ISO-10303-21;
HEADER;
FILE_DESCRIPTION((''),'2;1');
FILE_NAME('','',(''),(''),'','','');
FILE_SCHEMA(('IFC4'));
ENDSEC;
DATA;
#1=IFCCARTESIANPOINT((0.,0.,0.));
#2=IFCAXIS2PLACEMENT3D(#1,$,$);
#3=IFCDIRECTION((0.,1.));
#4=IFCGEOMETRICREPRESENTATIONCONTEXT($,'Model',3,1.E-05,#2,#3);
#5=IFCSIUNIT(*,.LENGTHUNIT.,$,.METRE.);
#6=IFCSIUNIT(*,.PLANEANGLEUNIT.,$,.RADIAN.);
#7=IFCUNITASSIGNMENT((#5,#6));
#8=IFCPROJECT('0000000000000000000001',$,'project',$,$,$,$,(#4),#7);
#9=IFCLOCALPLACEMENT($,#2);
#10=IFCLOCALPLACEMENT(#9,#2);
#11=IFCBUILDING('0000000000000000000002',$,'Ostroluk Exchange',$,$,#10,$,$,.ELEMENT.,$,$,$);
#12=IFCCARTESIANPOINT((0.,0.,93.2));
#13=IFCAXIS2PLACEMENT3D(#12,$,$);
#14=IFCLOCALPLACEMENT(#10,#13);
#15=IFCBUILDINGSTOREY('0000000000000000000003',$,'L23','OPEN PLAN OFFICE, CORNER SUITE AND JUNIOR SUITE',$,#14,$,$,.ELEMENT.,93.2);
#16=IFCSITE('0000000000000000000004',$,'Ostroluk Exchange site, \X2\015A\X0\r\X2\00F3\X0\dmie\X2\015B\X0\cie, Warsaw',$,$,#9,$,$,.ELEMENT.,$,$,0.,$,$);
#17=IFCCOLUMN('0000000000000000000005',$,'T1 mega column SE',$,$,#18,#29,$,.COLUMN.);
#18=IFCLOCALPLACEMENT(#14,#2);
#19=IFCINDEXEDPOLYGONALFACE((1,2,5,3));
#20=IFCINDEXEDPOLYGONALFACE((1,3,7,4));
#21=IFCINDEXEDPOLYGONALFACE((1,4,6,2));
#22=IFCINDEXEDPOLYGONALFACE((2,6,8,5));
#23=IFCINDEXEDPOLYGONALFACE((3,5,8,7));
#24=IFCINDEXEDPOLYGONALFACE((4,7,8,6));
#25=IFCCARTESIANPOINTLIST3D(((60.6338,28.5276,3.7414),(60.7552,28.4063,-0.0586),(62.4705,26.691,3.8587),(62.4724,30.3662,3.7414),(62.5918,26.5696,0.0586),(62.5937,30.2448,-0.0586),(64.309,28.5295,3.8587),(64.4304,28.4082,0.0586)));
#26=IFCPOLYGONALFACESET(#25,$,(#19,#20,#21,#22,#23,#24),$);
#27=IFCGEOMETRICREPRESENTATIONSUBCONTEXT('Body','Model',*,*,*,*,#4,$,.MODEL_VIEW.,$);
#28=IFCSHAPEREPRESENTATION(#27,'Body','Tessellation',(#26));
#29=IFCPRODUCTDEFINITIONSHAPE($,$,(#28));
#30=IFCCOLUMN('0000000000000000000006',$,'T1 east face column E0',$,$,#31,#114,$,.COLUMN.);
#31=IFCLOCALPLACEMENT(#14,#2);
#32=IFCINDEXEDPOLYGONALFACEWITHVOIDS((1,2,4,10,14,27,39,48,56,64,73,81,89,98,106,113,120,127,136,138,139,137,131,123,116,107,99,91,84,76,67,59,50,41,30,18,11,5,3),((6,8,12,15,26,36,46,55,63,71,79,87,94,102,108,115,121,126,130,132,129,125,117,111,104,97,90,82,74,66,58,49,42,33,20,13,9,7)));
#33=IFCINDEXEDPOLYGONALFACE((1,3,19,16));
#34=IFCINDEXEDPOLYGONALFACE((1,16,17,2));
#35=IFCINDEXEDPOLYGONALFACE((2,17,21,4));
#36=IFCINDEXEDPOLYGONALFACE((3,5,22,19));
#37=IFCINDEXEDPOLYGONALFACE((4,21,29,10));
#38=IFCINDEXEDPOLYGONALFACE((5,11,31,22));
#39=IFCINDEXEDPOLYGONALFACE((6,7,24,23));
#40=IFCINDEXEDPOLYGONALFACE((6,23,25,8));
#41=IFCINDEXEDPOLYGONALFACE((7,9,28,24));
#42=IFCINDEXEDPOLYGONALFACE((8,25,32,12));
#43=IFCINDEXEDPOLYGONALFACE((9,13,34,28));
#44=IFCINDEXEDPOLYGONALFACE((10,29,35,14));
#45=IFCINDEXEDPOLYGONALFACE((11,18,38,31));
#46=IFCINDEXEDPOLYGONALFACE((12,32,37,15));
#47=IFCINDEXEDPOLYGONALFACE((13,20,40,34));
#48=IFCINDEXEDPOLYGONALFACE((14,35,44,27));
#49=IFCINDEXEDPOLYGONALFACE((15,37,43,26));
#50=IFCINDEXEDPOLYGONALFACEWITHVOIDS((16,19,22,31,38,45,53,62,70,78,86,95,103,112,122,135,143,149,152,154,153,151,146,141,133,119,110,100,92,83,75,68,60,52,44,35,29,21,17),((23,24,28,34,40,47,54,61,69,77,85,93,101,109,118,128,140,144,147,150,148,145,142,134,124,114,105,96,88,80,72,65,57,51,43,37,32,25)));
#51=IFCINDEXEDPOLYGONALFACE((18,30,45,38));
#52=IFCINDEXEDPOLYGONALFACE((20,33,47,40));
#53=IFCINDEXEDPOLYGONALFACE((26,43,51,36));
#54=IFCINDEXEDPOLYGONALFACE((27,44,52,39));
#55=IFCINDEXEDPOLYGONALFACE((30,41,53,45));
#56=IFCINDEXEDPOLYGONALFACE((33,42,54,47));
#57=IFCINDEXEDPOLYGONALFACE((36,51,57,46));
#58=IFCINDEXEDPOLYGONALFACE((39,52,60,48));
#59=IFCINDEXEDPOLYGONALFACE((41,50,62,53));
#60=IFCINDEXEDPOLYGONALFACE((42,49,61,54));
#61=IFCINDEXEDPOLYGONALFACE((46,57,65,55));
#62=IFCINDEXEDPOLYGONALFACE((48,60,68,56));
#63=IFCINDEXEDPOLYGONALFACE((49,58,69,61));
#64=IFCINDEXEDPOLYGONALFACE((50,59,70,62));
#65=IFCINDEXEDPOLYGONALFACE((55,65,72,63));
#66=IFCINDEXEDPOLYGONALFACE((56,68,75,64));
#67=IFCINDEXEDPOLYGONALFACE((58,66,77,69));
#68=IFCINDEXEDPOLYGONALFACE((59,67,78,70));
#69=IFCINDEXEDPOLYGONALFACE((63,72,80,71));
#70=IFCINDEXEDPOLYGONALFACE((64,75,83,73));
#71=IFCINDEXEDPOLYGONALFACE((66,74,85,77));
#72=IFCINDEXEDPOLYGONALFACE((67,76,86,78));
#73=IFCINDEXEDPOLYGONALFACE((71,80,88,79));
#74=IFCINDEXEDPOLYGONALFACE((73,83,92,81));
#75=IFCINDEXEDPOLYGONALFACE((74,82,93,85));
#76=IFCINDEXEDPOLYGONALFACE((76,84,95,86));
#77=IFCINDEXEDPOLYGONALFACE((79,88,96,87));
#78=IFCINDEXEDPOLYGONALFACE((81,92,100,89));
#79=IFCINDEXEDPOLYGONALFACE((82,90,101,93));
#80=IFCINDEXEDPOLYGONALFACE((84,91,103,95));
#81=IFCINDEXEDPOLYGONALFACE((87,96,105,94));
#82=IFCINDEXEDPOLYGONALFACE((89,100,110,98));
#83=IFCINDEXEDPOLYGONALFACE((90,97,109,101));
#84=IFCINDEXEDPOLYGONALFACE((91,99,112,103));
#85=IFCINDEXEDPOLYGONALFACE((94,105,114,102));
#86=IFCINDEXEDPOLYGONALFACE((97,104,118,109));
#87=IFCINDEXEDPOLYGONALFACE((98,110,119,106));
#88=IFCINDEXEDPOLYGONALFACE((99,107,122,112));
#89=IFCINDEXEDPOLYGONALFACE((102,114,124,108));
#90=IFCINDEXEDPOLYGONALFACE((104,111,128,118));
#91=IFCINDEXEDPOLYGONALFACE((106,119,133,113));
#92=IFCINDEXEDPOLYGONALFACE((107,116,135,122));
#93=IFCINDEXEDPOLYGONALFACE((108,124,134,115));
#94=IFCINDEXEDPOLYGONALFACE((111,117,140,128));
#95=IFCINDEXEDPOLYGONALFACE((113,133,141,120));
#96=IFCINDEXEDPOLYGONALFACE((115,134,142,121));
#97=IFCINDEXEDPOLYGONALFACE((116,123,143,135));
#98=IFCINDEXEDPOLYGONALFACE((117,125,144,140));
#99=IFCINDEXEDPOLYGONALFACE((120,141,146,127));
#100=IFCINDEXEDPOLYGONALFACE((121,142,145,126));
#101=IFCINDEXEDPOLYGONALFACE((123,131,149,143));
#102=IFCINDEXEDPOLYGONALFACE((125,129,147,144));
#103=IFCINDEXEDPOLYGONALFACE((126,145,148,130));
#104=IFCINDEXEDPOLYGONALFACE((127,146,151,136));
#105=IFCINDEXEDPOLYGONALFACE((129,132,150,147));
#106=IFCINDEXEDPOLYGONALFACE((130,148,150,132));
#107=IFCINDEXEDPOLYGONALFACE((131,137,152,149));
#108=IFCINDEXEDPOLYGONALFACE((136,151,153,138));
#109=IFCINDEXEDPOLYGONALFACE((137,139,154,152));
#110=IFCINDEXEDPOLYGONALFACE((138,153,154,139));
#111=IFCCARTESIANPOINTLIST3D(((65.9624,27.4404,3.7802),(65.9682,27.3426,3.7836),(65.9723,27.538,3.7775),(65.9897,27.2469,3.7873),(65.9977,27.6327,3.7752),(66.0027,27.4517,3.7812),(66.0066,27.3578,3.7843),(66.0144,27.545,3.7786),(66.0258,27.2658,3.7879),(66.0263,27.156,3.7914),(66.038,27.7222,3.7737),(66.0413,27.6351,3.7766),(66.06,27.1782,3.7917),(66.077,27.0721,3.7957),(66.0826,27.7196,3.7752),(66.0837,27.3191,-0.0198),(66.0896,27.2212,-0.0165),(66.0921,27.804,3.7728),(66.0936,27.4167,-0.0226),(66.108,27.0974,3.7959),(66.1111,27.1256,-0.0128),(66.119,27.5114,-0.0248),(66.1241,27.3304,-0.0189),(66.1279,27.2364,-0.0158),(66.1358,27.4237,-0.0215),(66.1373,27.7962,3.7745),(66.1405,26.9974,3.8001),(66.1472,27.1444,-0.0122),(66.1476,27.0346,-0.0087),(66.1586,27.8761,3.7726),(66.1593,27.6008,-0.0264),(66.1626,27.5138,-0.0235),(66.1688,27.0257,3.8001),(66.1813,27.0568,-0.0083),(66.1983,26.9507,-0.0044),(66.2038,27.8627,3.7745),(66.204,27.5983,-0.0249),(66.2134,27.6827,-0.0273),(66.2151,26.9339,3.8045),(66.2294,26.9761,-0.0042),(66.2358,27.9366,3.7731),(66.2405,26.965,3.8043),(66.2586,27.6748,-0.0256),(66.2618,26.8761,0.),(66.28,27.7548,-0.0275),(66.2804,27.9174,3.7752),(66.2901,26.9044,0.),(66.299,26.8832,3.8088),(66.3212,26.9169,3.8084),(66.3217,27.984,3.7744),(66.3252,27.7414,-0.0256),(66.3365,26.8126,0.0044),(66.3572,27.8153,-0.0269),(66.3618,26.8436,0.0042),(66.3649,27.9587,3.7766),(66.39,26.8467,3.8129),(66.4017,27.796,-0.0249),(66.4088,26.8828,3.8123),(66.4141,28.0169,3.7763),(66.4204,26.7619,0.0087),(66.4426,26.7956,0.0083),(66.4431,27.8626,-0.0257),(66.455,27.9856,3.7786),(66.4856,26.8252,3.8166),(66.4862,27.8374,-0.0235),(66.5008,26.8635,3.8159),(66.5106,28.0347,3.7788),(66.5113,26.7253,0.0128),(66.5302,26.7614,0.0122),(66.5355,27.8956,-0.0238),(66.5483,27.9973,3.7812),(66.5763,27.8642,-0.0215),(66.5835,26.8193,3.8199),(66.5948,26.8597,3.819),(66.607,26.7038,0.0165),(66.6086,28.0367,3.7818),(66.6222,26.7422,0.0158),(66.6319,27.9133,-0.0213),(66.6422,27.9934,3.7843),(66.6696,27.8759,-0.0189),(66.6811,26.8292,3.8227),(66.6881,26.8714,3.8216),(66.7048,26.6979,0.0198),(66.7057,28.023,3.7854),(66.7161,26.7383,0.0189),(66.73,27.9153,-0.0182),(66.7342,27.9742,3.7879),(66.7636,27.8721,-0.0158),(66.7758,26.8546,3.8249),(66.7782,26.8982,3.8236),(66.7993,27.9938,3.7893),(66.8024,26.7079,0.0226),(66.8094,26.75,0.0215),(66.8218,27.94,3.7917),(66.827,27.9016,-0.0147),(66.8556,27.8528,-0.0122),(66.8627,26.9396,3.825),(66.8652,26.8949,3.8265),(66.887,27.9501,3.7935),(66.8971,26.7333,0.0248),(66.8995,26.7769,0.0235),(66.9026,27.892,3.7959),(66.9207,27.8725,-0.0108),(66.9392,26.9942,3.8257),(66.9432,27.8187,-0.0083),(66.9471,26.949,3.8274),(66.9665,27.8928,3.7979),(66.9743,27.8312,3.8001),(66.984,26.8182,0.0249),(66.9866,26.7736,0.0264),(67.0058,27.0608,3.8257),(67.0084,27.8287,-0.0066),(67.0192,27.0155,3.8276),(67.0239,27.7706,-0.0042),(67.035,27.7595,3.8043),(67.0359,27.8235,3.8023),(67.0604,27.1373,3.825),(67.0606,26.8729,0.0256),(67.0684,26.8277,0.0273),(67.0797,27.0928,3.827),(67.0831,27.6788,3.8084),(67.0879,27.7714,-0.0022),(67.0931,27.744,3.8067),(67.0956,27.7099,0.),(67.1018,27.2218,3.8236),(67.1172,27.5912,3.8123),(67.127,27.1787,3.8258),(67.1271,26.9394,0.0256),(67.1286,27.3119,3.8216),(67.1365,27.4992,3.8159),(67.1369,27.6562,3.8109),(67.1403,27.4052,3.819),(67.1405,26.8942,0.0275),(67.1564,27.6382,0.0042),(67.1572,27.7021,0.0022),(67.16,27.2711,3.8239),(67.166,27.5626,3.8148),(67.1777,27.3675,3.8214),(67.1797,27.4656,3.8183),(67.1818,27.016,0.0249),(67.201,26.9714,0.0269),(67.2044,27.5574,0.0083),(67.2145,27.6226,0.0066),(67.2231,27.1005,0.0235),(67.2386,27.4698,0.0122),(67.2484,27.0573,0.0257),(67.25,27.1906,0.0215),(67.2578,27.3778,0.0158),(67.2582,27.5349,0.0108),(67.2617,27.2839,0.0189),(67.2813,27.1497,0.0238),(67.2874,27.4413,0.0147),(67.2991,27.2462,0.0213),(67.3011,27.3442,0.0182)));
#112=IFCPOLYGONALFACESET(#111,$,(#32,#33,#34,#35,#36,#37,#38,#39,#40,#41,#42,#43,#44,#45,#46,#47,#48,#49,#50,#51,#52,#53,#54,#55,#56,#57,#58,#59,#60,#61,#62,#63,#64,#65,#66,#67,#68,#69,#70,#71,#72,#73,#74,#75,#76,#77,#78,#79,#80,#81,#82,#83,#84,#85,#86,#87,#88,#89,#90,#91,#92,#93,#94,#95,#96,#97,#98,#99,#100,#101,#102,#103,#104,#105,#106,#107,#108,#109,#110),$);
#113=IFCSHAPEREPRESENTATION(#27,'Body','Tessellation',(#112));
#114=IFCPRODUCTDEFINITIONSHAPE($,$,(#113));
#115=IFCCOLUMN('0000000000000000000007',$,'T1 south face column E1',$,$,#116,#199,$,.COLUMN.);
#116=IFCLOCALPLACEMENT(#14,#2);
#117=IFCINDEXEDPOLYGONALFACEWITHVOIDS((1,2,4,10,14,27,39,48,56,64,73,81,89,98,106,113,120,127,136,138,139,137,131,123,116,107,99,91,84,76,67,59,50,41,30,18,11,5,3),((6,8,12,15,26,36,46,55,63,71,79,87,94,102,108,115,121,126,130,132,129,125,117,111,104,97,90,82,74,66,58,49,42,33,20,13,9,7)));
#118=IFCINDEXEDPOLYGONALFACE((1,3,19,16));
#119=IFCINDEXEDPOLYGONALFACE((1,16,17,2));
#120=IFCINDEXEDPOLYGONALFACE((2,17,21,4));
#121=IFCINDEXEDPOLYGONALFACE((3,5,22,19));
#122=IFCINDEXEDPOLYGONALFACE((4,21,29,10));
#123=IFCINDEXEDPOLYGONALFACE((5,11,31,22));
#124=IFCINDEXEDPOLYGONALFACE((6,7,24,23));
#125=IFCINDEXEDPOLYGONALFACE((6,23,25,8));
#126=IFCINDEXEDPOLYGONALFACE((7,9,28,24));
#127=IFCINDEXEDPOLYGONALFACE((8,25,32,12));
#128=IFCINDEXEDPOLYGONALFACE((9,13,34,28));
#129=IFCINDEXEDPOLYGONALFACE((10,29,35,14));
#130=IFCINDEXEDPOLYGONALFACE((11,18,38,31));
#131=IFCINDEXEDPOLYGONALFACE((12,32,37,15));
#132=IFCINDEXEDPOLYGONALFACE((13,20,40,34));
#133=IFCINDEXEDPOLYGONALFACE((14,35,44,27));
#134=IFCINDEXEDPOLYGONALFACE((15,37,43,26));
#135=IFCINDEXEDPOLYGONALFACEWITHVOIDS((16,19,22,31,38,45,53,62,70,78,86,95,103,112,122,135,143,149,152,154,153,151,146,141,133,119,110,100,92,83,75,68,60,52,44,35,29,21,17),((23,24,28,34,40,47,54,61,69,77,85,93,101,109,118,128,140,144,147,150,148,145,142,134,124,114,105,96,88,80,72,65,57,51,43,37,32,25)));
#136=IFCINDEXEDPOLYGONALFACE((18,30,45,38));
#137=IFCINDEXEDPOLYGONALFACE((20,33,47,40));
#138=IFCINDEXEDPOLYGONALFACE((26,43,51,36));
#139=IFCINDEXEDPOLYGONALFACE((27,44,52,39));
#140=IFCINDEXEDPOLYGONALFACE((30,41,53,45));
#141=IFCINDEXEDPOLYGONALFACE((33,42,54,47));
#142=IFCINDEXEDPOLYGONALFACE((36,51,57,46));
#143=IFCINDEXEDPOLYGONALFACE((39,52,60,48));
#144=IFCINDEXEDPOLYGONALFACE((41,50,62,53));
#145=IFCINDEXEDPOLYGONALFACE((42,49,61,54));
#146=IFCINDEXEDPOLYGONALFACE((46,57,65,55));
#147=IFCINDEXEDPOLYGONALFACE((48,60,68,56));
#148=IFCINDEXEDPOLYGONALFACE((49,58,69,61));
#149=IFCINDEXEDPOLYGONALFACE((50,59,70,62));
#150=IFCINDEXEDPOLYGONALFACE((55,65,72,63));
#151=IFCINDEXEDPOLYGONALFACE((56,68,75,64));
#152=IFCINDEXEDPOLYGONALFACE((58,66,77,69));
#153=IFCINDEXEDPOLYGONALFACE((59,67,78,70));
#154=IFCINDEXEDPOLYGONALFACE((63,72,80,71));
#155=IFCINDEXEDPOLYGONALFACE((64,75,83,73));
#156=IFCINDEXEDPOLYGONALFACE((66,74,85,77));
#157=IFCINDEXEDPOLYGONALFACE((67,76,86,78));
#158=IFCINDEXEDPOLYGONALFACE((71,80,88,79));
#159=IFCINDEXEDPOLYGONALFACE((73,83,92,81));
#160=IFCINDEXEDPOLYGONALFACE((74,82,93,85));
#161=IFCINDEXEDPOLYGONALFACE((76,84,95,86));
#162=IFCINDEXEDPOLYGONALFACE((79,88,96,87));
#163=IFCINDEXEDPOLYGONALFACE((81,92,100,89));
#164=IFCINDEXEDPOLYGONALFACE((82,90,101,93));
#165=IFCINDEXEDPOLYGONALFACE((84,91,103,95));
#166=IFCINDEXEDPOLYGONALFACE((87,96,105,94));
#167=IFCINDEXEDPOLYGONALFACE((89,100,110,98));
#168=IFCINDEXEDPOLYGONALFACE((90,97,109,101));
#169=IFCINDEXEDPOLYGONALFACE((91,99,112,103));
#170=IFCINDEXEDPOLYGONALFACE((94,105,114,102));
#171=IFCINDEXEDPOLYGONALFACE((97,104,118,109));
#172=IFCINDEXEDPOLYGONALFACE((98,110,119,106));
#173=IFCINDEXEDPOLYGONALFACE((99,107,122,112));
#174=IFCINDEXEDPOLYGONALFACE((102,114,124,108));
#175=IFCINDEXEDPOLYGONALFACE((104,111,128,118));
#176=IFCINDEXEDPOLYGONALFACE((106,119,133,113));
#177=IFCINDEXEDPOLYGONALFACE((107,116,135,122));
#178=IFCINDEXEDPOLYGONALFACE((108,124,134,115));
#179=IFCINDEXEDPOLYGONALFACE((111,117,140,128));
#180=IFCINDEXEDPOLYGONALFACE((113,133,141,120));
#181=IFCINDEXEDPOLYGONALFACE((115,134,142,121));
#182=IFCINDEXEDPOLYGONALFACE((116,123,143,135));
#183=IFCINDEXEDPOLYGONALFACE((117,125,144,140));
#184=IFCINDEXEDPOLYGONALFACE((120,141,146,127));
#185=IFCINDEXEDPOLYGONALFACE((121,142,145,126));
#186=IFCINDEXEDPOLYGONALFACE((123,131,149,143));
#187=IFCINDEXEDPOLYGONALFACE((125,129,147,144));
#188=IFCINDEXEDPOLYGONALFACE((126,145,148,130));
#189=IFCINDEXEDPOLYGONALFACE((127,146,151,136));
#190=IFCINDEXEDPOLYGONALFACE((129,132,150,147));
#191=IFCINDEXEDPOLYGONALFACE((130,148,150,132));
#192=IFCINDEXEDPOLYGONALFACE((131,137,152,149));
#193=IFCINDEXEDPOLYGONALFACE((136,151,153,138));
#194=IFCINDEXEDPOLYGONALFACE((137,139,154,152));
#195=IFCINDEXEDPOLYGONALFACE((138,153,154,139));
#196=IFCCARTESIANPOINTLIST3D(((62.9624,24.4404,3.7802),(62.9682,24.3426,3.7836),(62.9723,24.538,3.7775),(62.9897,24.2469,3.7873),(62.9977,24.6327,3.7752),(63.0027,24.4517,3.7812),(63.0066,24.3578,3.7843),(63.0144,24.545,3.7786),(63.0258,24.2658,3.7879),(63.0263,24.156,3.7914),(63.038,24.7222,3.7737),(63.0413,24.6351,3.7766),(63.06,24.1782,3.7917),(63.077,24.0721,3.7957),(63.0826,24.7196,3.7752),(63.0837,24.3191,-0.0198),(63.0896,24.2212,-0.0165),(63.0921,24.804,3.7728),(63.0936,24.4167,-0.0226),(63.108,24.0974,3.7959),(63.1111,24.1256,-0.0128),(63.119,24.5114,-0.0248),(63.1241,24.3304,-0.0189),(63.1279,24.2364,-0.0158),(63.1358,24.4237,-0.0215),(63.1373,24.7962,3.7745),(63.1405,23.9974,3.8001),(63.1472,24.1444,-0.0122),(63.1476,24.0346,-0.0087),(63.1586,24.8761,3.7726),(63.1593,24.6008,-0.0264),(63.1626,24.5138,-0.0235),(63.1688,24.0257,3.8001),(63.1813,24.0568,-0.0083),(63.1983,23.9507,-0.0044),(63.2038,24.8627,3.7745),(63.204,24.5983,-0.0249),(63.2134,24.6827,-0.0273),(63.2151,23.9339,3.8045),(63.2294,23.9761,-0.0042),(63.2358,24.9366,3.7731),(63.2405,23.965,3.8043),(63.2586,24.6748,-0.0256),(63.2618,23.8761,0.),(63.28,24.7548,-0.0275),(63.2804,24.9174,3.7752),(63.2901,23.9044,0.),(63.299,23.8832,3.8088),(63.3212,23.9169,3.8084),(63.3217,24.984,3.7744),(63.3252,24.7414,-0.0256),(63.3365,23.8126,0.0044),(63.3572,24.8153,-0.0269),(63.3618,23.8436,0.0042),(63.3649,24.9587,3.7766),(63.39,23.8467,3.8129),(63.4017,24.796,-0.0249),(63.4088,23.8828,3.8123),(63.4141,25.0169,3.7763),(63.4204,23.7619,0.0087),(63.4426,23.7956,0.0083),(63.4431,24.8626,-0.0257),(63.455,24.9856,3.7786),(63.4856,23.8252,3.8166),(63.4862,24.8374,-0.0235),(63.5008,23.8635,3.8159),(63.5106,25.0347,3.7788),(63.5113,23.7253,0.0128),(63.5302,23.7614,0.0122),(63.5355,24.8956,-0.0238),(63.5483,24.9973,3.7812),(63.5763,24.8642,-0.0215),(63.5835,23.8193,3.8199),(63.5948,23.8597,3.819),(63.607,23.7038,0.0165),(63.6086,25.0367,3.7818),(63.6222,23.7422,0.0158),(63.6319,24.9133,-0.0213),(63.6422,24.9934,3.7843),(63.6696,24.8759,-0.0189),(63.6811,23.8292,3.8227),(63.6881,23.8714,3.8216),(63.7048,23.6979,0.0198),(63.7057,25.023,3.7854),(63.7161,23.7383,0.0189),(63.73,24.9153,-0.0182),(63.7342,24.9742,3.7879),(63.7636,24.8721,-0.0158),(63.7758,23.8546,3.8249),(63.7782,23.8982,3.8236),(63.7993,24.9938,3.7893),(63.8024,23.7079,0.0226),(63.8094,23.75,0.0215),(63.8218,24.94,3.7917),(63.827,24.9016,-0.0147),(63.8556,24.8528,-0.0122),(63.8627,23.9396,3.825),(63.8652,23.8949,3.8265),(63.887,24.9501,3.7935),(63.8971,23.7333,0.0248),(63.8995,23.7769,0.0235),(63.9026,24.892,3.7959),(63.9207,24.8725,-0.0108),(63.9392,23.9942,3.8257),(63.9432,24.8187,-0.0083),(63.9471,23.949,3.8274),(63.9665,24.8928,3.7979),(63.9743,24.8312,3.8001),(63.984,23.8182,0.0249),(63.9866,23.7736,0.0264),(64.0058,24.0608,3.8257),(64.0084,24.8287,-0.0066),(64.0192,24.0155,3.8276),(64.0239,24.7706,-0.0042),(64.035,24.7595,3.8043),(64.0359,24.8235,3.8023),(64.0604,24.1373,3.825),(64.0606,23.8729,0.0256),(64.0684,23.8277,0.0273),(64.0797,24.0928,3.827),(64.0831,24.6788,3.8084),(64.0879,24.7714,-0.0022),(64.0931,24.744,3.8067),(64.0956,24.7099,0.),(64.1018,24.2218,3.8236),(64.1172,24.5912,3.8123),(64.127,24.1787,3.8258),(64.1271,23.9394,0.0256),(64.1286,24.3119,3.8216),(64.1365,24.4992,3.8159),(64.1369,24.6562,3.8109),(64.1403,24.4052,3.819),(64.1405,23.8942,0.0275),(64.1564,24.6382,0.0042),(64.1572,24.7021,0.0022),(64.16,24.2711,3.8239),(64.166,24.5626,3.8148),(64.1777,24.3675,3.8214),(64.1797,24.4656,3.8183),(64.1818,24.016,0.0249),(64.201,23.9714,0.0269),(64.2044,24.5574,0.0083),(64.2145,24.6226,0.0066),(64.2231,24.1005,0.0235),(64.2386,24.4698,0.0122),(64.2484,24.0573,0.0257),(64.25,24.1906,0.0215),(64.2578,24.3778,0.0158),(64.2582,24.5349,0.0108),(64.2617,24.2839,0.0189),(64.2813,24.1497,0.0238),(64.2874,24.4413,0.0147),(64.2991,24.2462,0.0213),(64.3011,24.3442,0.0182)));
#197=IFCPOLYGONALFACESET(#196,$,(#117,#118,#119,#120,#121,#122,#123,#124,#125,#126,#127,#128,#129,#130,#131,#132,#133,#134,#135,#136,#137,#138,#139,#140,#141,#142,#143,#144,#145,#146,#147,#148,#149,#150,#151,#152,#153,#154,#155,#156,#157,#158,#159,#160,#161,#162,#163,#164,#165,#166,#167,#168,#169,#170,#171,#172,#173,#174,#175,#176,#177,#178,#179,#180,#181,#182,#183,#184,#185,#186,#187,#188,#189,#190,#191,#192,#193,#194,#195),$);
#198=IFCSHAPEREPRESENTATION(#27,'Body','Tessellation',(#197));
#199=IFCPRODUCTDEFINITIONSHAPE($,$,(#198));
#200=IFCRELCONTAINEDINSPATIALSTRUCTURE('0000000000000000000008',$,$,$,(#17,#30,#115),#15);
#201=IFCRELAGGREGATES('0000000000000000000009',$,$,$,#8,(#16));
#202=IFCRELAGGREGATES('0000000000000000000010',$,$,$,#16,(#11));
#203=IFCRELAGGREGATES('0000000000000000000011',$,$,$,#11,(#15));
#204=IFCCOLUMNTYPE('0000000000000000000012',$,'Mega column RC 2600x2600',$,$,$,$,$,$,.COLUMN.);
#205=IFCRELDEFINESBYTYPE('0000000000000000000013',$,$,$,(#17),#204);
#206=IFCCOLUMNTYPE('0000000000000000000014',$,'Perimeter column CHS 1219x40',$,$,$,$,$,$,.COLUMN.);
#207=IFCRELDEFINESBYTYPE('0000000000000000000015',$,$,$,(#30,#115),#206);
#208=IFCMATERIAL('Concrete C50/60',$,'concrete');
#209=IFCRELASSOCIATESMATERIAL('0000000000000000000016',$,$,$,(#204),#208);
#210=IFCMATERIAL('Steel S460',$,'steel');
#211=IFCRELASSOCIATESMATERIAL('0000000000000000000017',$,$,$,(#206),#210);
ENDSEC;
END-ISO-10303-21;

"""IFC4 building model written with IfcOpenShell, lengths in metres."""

from ifc_helpers import new_model, si_unit, direction, frame, origin, origin_2d, place, context, subcontext, project, spatial, rectangle, hollow_circle, extrude, material, material_profile, profile_set, type_object, element, save


model = new_model("IFC4")

# Units and contexts
model_context = context("Model", 3, precision=1e-05, world=origin(), true_north=direction((0.0, 1.0)))
body_context = subcontext(model_context, "Body", "Model", "MODEL_VIEW")
ifc_project = project(units=[si_unit("LENGTHUNIT", "METRE"), si_unit("PLANEANGLEUNIT", "RADIAN")], contexts=[model_context])

# Site, building, storey
site_placement = place(None, origin())
site = spatial("IfcSite", under=ifc_project, at=site_placement, Name="Ostroluk Exchange site, Śródmieście, Warsaw", CompositionType="ELEMENT", RefElevation=0.0)
building_placement = place(site_placement, origin())
building = spatial("IfcBuilding", under=site, at=building_placement, Name="Ostroluk Exchange", CompositionType="ELEMENT")
storey_placement = place(building_placement, frame((0.0, 0.0, 93.2)))
storey = spatial("IfcBuildingStorey", under=building, at=storey_placement, Name="L23", Description="OPEN PLAN OFFICE, CORNER SUITE AND JUNIOR SUITE", CompositionType="ELEMENT", Elevation=93.2)

# Columns
ifc_material_1 = material(Name="Concrete C50/60", Category="concrete")
ifc_material_profile_1 = material_profile(ifc_material_1, rectangle(XDim=2.6001, YDim=2.6001, at=origin_2d()), Name="RC 2600x2600")
ifc_profile_set_1 = profile_set([ifc_material_profile_1], Name="Concrete C50/60")
column_type_1 = type_object("IfcColumnType", Name="Mega column RC 2600x2600", PredefinedType="COLUMN", material=ifc_profile_set_1)
column_placement = place(storey_placement, frame((62.5928, 28.4072, 0.0), z_axis=(-0.031898, 0.031898, 0.998982), x_axis=(-0.707107, -0.707107, 0.0)))
element("IfcColumn", 1, at=column_placement, inside=storey, type_object=column_type_1, Name="T1 mega column SE", PredefinedType="COLUMN", context=body_context, shape_type="SweptSolid", body=[
    extrude(rectangle(XDim=2.6001, YDim=2.6001, at=origin_2d()), origin(), (0.0, 0.0, 1.0), 3.804),
])
ifc_material_2 = material(Name="Steel S460", Category="steel")
ifc_material_profile_2 = material_profile(ifc_material_2, hollow_circle(Radius=0.6096, WallThickness=0.04, at=origin_2d()), Name="CHS 1219x40")
ifc_profile_set_2 = profile_set([ifc_material_profile_2], Name="Steel S460")
column_type_2 = type_object("IfcColumnType", Name="Perimeter column CHS 1219x40", PredefinedType="COLUMN", material=ifc_profile_set_2)
for number, where, z_axis, x_axis, name in (
    (2, (66.6929, 27.3071, 0.0), (-0.031898, 0.031898, 0.998982), (-0.707107, -0.707107, 0.0), "T1 east face column E0"),
    (3, (63.6929, 24.3071, 0.0), (-0.031898, 0.031898, 0.998982), (-0.707107, -0.707107, 0.0), "T1 south face column E1"),
):
    element("IfcColumn", number, at=place(storey_placement, frame(where, z_axis=z_axis, x_axis=x_axis)), inside=storey, type_object=column_type_2, Name=name, PredefinedType="COLUMN", context=body_context, shape_type="SweptSolid", body=[
        extrude(hollow_circle(Radius=0.6096, WallThickness=0.04, at=origin_2d()), origin(), (0.0, 0.0, 1.0), 3.804),
    ])

save(model, "model.ifc")
